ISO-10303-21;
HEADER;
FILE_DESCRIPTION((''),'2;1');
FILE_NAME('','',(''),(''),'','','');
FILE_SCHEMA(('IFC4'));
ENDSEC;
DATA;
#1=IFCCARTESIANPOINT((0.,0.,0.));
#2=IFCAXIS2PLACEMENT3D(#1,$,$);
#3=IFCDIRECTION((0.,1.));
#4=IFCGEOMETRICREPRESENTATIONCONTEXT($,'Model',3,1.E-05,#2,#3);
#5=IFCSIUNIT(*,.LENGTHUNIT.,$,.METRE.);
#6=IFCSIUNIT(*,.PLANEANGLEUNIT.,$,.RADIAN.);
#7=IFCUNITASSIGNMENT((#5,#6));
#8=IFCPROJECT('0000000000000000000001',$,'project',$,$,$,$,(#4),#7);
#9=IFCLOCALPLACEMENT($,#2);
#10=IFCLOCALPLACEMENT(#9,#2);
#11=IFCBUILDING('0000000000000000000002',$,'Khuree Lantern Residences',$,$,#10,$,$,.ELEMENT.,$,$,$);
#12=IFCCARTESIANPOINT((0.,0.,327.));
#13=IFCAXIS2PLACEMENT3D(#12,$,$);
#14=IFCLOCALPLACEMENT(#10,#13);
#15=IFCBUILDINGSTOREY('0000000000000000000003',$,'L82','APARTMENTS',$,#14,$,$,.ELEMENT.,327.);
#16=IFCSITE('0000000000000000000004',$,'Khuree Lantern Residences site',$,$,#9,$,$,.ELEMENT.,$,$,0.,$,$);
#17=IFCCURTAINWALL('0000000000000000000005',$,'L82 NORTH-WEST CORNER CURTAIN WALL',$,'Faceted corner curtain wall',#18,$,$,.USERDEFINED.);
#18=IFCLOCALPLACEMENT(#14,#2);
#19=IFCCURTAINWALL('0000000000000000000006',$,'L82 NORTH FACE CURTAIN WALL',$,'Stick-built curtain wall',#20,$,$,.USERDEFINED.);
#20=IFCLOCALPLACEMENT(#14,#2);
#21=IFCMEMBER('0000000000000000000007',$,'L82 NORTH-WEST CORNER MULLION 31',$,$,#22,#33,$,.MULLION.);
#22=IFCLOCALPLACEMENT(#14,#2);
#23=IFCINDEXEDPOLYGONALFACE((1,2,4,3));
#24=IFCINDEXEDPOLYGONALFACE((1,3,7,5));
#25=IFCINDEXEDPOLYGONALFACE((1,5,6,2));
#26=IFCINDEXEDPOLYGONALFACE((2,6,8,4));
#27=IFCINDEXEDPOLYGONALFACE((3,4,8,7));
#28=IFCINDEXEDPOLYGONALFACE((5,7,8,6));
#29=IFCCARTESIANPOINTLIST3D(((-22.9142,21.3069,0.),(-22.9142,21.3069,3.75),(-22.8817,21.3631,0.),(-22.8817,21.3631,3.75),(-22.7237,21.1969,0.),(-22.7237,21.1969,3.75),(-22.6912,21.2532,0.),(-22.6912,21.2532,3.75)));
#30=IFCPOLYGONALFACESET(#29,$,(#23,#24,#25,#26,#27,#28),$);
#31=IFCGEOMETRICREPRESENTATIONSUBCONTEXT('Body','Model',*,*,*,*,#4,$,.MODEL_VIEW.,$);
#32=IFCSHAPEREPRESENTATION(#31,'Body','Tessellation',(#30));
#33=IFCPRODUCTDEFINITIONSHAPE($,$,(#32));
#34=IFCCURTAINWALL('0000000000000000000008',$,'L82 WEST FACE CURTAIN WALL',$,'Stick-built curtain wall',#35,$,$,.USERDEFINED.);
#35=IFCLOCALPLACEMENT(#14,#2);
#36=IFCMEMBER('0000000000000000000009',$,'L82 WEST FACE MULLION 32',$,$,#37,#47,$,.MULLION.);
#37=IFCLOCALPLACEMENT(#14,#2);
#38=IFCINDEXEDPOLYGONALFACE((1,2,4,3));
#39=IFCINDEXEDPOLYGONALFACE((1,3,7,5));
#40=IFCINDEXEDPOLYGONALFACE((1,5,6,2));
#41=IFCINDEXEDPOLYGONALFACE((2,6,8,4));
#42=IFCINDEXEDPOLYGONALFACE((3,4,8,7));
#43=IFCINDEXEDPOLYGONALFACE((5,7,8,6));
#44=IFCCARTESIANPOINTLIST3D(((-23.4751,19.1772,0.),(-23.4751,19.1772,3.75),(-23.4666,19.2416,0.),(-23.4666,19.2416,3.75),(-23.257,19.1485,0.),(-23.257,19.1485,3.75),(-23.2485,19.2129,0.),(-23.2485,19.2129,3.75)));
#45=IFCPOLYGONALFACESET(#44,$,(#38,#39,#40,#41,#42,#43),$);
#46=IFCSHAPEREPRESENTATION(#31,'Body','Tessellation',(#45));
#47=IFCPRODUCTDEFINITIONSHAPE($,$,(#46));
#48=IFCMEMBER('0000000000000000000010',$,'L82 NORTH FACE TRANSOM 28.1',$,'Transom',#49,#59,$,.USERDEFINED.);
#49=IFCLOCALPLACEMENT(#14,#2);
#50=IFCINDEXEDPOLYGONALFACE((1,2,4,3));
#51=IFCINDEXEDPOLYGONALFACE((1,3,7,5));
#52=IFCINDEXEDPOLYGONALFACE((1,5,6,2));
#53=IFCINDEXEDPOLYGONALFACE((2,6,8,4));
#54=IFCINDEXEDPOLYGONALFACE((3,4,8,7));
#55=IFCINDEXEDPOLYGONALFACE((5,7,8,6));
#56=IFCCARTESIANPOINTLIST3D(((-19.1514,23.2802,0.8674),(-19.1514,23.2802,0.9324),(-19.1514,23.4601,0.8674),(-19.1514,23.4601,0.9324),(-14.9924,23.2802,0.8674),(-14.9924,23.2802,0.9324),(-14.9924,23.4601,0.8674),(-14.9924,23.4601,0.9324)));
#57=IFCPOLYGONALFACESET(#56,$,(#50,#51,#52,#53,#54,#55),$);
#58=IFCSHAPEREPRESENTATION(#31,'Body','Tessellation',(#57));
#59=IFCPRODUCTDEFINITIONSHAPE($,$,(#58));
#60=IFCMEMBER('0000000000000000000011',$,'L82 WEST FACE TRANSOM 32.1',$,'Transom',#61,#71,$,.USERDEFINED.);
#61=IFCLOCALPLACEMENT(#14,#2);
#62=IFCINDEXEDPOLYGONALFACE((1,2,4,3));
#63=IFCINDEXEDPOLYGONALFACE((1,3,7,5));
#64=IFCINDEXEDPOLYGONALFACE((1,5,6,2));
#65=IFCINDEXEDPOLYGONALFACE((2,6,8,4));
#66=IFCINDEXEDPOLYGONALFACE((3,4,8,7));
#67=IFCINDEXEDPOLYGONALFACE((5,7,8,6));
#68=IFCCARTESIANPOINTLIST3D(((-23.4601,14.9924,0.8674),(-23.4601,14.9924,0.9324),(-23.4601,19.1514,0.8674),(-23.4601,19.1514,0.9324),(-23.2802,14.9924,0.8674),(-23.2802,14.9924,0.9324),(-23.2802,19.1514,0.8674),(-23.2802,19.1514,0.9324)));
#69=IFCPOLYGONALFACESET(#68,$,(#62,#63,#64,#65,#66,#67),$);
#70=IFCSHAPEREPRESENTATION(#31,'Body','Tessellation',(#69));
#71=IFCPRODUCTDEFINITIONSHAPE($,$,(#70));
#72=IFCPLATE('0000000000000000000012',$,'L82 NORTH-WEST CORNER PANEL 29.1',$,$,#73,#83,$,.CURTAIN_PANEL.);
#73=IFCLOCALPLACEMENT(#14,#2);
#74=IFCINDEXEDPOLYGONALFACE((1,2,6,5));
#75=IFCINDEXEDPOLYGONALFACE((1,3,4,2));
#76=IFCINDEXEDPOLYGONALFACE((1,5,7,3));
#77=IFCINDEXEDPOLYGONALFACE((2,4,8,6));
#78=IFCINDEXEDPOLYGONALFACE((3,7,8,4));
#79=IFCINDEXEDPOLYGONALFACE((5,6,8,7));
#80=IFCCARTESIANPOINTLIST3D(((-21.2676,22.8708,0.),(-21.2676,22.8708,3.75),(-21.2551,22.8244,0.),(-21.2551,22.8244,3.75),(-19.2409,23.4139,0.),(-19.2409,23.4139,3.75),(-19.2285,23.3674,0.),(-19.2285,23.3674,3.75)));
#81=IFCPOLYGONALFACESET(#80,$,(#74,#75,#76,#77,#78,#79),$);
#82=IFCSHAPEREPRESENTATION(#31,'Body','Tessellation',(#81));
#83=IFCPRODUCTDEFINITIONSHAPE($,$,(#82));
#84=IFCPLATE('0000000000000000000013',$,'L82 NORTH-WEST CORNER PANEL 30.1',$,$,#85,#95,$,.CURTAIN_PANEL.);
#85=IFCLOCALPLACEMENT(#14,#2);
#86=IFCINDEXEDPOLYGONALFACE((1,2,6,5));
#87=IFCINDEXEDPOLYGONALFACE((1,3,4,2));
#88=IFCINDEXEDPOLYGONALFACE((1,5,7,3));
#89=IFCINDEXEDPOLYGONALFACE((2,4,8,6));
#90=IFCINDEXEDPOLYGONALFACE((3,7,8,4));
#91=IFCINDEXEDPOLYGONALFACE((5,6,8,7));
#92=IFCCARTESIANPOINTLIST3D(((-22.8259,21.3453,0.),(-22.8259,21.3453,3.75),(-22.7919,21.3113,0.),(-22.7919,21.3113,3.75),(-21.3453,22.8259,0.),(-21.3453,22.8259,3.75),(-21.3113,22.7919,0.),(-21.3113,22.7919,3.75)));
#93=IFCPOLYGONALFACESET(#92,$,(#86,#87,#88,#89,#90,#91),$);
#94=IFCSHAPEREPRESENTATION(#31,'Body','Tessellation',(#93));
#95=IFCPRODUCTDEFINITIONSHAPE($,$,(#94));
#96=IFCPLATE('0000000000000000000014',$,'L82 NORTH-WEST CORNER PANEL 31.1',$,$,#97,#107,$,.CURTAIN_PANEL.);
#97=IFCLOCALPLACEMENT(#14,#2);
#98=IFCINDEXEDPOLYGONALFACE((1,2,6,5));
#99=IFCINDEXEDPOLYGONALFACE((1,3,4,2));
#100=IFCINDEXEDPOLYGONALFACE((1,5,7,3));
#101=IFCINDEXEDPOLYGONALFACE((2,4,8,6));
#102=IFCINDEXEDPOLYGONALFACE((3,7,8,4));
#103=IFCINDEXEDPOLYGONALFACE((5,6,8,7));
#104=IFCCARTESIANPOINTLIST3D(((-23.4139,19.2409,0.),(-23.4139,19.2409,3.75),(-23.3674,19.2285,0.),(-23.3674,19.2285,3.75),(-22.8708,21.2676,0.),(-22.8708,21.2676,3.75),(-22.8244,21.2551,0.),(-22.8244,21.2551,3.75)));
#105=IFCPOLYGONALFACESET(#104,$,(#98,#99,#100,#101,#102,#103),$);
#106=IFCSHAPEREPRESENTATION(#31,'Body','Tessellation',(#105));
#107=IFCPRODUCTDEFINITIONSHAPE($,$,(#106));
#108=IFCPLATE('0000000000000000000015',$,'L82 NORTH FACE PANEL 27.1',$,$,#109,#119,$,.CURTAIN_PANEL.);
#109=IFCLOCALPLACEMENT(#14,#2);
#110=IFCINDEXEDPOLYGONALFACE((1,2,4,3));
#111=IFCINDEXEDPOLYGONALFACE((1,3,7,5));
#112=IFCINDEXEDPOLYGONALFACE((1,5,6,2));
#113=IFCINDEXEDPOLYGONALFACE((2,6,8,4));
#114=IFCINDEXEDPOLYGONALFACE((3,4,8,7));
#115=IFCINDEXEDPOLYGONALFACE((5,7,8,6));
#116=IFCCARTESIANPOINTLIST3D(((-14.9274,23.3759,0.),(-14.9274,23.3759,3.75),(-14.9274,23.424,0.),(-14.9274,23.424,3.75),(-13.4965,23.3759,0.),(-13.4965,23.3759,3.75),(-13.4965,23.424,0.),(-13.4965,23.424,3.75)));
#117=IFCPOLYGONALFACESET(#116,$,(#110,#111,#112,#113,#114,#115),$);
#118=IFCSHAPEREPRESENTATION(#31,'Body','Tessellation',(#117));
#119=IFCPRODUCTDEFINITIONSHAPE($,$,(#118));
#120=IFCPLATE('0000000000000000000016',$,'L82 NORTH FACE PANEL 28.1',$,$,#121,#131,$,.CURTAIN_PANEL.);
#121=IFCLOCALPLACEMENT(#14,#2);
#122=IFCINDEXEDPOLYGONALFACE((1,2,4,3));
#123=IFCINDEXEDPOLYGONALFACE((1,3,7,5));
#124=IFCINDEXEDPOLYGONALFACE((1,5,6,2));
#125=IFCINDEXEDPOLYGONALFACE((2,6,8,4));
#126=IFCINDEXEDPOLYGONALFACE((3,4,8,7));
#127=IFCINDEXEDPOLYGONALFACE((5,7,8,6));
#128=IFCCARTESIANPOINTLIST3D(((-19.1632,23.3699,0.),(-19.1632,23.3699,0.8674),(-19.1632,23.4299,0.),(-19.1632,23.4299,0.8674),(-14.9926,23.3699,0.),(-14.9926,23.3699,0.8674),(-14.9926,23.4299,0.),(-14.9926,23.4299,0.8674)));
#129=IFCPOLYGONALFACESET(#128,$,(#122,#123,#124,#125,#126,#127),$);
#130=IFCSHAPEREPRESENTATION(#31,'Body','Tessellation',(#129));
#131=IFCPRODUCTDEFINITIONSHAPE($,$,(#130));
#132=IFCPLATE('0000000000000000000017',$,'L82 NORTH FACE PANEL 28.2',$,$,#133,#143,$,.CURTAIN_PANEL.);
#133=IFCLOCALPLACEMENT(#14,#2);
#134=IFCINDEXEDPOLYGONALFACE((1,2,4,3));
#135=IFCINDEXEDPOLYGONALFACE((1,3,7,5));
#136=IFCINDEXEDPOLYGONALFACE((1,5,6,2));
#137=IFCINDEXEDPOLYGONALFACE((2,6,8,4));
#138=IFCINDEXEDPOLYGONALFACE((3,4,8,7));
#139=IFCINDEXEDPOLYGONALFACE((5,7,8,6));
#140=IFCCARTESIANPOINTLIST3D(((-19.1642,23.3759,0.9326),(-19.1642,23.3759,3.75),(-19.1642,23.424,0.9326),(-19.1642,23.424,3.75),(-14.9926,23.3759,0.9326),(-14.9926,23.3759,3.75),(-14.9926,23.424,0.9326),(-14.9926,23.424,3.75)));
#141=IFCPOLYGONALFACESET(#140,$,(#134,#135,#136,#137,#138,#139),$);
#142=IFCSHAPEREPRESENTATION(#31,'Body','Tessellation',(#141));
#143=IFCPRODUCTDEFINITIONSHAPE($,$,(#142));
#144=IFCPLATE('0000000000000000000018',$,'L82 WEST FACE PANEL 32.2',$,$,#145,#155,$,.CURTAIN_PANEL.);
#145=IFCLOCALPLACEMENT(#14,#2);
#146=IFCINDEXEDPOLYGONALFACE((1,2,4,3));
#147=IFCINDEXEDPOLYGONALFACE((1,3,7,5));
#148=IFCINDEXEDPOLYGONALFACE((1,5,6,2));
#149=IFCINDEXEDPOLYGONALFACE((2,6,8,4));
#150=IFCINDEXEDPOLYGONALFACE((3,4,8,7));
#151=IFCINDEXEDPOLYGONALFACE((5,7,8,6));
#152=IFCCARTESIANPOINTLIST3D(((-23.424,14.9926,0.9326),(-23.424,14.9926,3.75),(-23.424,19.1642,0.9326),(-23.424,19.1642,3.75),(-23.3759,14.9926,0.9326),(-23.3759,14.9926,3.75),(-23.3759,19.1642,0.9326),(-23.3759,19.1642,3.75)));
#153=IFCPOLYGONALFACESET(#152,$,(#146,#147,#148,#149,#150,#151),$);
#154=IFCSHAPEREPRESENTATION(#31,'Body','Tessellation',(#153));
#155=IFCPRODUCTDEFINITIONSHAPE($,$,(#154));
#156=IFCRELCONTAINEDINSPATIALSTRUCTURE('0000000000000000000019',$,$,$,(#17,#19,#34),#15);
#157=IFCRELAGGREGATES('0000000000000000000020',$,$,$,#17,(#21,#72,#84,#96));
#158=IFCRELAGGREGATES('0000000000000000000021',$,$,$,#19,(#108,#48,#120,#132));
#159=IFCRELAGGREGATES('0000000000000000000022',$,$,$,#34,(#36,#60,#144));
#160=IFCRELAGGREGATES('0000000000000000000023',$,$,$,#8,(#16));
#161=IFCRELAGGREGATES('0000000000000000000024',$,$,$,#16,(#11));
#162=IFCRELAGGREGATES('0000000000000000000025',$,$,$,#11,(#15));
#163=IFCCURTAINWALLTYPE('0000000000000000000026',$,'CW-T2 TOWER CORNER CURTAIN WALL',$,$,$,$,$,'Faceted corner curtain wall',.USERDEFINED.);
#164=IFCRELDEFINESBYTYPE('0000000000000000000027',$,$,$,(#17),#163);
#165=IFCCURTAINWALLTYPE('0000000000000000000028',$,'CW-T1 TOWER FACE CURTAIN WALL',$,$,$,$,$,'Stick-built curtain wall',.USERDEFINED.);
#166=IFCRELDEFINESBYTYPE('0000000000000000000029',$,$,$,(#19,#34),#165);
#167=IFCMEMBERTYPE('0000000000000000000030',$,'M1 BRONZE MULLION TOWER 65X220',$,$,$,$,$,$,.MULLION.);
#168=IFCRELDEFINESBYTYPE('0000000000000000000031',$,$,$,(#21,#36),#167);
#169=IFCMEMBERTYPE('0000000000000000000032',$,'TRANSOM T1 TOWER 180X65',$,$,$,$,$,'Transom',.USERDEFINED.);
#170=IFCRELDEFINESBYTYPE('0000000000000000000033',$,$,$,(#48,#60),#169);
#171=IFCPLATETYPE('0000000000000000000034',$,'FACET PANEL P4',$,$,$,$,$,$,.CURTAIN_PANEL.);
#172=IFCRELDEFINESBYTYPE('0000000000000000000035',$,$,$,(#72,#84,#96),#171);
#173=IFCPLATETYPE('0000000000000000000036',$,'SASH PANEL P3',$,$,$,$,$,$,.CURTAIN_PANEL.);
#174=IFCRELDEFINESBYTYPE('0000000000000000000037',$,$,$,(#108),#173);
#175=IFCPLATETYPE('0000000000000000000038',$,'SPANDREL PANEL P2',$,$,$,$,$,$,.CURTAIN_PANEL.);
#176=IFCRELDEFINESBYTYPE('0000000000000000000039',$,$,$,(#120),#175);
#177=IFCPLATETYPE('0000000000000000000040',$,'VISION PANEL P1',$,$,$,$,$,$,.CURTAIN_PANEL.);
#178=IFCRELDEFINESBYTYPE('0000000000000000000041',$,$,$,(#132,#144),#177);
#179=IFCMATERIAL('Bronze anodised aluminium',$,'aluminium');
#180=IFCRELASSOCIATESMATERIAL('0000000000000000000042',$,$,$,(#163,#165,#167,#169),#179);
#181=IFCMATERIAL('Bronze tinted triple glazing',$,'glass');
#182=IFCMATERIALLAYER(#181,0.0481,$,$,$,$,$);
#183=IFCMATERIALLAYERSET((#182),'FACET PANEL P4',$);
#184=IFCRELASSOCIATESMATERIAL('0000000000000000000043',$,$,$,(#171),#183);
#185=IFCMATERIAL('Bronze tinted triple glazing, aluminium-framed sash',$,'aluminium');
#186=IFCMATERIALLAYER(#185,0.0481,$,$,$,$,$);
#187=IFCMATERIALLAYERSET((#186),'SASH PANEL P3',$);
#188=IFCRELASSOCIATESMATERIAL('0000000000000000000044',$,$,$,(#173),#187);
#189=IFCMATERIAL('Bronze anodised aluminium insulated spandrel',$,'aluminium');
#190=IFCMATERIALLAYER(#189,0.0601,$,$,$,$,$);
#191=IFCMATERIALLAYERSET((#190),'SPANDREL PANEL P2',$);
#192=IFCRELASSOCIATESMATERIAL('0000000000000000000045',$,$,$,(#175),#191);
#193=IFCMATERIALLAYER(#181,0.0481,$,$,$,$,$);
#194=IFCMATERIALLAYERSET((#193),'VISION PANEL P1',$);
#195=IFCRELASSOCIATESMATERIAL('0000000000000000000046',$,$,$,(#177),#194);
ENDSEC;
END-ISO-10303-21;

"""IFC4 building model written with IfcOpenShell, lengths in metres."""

from ifc_helpers import new_model, si_unit, direction, frame, origin, origin_2d, place, context, subcontext, project, spatial, rectangle, extrude, material, layer, layer_set, material_profile, profile_set, type_object, element, aggregate, save


model = new_model("IFC4")

# Units and contexts
model_context = context("Model", 3, precision=1e-05, world=origin(), true_north=direction((0.0, 1.0)))
body_context = subcontext(model_context, "Body", "Model", "MODEL_VIEW")
ifc_project = project(units=[si_unit("LENGTHUNIT", "METRE"), si_unit("PLANEANGLEUNIT", "RADIAN")], contexts=[model_context])

# Site, building, storey
site_placement = place(None, origin())
site = spatial("IfcSite", under=ifc_project, at=site_placement, Name="Khuree Lantern Residences site", CompositionType="ELEMENT", RefElevation=0.0)
building_placement = place(site_placement, origin())
building = spatial("IfcBuilding", under=site, at=building_placement, Name="Khuree Lantern Residences", CompositionType="ELEMENT")
storey_placement = place(building_placement, frame((0.0, 0.0, 327.0)))
storey = spatial("IfcBuildingStorey", under=building, at=storey_placement, Name="L82", Description="APARTMENTS", CompositionType="ELEMENT", Elevation=327.0)

# Curtain wall
ifc_material_1 = material(Name="Bronze anodised aluminium", Category="aluminium")
curtain_wall_type_1 = type_object("IfcCurtainWallType", Name="CW-T2 TOWER CORNER CURTAIN WALL", ElementType="Faceted corner curtain wall", PredefinedType="USERDEFINED", material=ifc_material_1)
curtain_wall_1_placement = place(storey_placement, origin())
curtain_wall_1 = element("IfcCurtainWall", 1, at=curtain_wall_1_placement, inside=storey, type_object=curtain_wall_type_1, Name="L82 NORTH-WEST CORNER CURTAIN WALL", ObjectType="Faceted corner curtain wall", PredefinedType="USERDEFINED")

# Curtain wall
curtain_wall_type_2 = type_object("IfcCurtainWallType", Name="CW-T1 TOWER FACE CURTAIN WALL", ElementType="Stick-built curtain wall", PredefinedType="USERDEFINED", material=ifc_material_1)
curtain_wall_2_placement = place(storey_placement, origin())
curtain_wall_2 = element("IfcCurtainWall", 2, at=curtain_wall_2_placement, inside=storey, type_object=curtain_wall_type_2, Name="L82 NORTH FACE CURTAIN WALL", ObjectType="Stick-built curtain wall", PredefinedType="USERDEFINED")
ifc_material_profile_1 = material_profile(ifc_material_1, rectangle(XDim=0.0649, YDim=0.22, at=origin_2d()), Name="M1 65X220")
ifc_profile_set_1 = profile_set([ifc_material_profile_1], Name="Bronze anodised aluminium")
member_type_1 = type_object("IfcMemberType", Name="M1 BRONZE MULLION TOWER 65X220", PredefinedType="MULLION", material=ifc_profile_set_1)

# Member
member_1_placement = place(storey_placement, frame((-22.8027, 21.28, 0.0), z_axis=(0.0, 0.0, 1.0), x_axis=(-0.5, -0.866025, 0.0)))
member_1 = element("IfcMember", 3, at=member_1_placement, type_object=member_type_1, Name="L82 NORTH-WEST CORNER MULLION 31", PredefinedType="MULLION", context=body_context, shape_type="SweptSolid", body=[
    extrude(rectangle(XDim=0.0649, YDim=0.22, at=origin_2d()), origin(), (0.0, 0.0, 1.0), 3.75),
])

# Curtain wall, member
curtain_wall_3_placement = place(storey_placement, origin())
curtain_wall_3 = element("IfcCurtainWall", 4, at=curtain_wall_3_placement, inside=storey, type_object=curtain_wall_type_2, Name="L82 WEST FACE CURTAIN WALL", ObjectType="Stick-built curtain wall", PredefinedType="USERDEFINED")
member_2_placement = place(storey_placement, frame((-23.3618, 19.1951, 0.0), z_axis=(0.0, 0.0, 1.0), x_axis=(-0.130526, -0.991445, 0.0)))
member_2 = element("IfcMember", 5, at=member_2_placement, type_object=member_type_1, Name="L82 WEST FACE MULLION 32", PredefinedType="MULLION", context=body_context, shape_type="SweptSolid", body=[
    extrude(rectangle(XDim=0.0649, YDim=0.22, at=origin_2d()), origin(), (0.0, 0.0, 1.0), 3.75),
])

# Members
ifc_material_profile_2 = material_profile(ifc_material_1, rectangle(XDim=0.1799, YDim=0.0649, at=origin_2d()), Name="T1 180X65")
ifc_profile_set_2 = profile_set([ifc_material_profile_2], Name="Bronze anodised aluminium")
member_type_2 = type_object("IfcMemberType", Name="TRANSOM T1 TOWER 180X65", ElementType="Transom", PredefinedType="USERDEFINED", material=ifc_profile_set_2)
member_3_placement = place(storey_placement, frame((-14.9924, 23.3701, 0.8999), z_axis=(-1.0, 0.0, 0.0), x_axis=(0.0, -1.0, 0.0)))
member_3 = element("IfcMember", 6, at=member_3_placement, type_object=member_type_2, Name="L82 NORTH FACE TRANSOM 28.1", ObjectType="Transom", PredefinedType="USERDEFINED", context=body_context, shape_type="SweptSolid", body=[
    extrude(rectangle(XDim=0.1799, YDim=0.0649, at=origin_2d()), origin(), (0.0, 0.0, 1.0), 4.1589),
])
member_4_placement = place(storey_placement, frame((-23.3701, 19.1514, 0.8999), z_axis=(0.0, -1.0, 0.0), x_axis=(1.0, 0.0, 0.0)))
member_4 = element("IfcMember", 7, at=member_4_placement, type_object=member_type_2, Name="L82 WEST FACE TRANSOM 32.1", ObjectType="Transom", PredefinedType="USERDEFINED", context=body_context, shape_type="SweptSolid", body=[
    extrude(rectangle(XDim=0.1799, YDim=0.0649, at=origin_2d()), origin(), (0.0, 0.0, 1.0), 4.1589),
])

# Plates
ifc_material_2 = material(Name="Bronze tinted triple glazing", Category="glass")
ifc_layer_1 = layer(ifc_material_2, 0.0481)
ifc_layer_set_1 = layer_set([ifc_layer_1], Name="FACET PANEL P4")
plate_type_1 = type_object("IfcPlateType", Name="FACET PANEL P4", PredefinedType="CURTAIN_PANEL", material=ifc_layer_set_1)
plate_1_placement = place(storey_placement, frame((-20.248, 23.1191, 0.0), z_axis=(0.0, 0.0, 1.0), x_axis=(-0.965926, -0.258819, 0.0)))
plate_1 = element("IfcPlate", 8, at=plate_1_placement, type_object=plate_type_1, Name="L82 NORTH-WEST CORNER PANEL 29.1", PredefinedType="CURTAIN_PANEL", context=body_context, shape_type="SweptSolid", body=[
    extrude(rectangle(XDim=2.0981, YDim=0.0481, at=origin_2d()), origin(), (0.0, 0.0, 1.0), 3.75),
])
plate_2_placement = place(storey_placement, frame((-22.0686, 22.0686, 0.0), z_axis=(0.0, 0.0, 1.0), x_axis=(-0.707107, -0.707107, 0.0)))
plate_2 = element("IfcPlate", 9, at=plate_2_placement, type_object=plate_type_1, Name="L82 NORTH-WEST CORNER PANEL 30.1", PredefinedType="CURTAIN_PANEL", context=body_context, shape_type="SweptSolid", body=[
    extrude(rectangle(XDim=2.094, YDim=0.0481, at=origin_2d()), origin(), (0.0, 0.0, 1.0), 3.75),
])
plate_3_placement = place(storey_placement, frame((-23.1191, 20.248, 0.0), z_axis=(0.0, 0.0, 1.0), x_axis=(-0.258819, -0.965926, 0.0)))
plate_3 = element("IfcPlate", 10, at=plate_3_placement, type_object=plate_type_1, Name="L82 NORTH-WEST CORNER PANEL 31.1", PredefinedType="CURTAIN_PANEL", context=body_context, shape_type="SweptSolid", body=[
    extrude(rectangle(XDim=2.0981, YDim=0.0481, at=origin_2d()), origin(), (0.0, 0.0, 1.0), 3.75),
])
aggregate(curtain_wall_1, [member_1, plate_1, plate_2, plate_3])
ifc_material_3 = material(Name="Bronze tinted triple glazing, aluminium-framed sash", Category="aluminium")
ifc_layer_2 = layer(ifc_material_3, 0.0481)
ifc_layer_set_2 = layer_set([ifc_layer_2], Name="SASH PANEL P3")
plate_type_2 = type_object("IfcPlateType", Name="SASH PANEL P3", PredefinedType="CURTAIN_PANEL", material=ifc_layer_set_2)
plate_4_placement = place(storey_placement, frame((-14.2119, 23.3999, 0.0), z_axis=(0.0, 0.0, 1.0), x_axis=(-1.0, 0.0, 0.0)))
plate_4 = element("IfcPlate", 11, at=plate_4_placement, type_object=plate_type_2, Name="L82 NORTH FACE PANEL 27.1", PredefinedType="CURTAIN_PANEL", context=body_context, shape_type="SweptSolid", body=[
    extrude(rectangle(XDim=1.4309, YDim=0.0481, at=origin_2d()), origin(), (0.0, 0.0, 1.0), 3.75),
])
ifc_material_4 = material(Name="Bronze anodised aluminium insulated spandrel", Category="aluminium")
ifc_layer_3 = layer(ifc_material_4, 0.0601)
ifc_layer_set_3 = layer_set([ifc_layer_3], Name="SPANDREL PANEL P2")
plate_type_3 = type_object("IfcPlateType", Name="SPANDREL PANEL P2", PredefinedType="CURTAIN_PANEL", material=ifc_layer_set_3)
plate_5_placement = place(storey_placement, frame((-17.0779, 23.3999, 0.0), z_axis=(0.0, 0.0, 1.0), x_axis=(-1.0, 0.0, 0.0)))
plate_5 = element("IfcPlate", 12, at=plate_5_placement, type_object=plate_type_3, Name="L82 NORTH FACE PANEL 28.1", PredefinedType="CURTAIN_PANEL", context=body_context, shape_type="SweptSolid", body=[
    extrude(rectangle(XDim=4.1707, YDim=0.0601, at=origin_2d()), origin(), (0.0, 0.0, 1.0), 0.8674),
])
ifc_layer_4 = layer(ifc_material_2, 0.0481)
ifc_layer_set_4 = layer_set([ifc_layer_4], Name="VISION PANEL P1")
plate_type_4 = type_object("IfcPlateType", Name="VISION PANEL P1", PredefinedType="CURTAIN_PANEL", material=ifc_layer_set_4)
plate_6_placement = place(storey_placement, frame((-17.0784, 23.3999, 0.9326), z_axis=(0.0, 0.0, 1.0), x_axis=(-1.0, 0.0, 0.0)))
plate_6 = element("IfcPlate", 13, at=plate_6_placement, type_object=plate_type_4, Name="L82 NORTH FACE PANEL 28.2", PredefinedType="CURTAIN_PANEL", context=body_context, shape_type="SweptSolid", body=[
    extrude(rectangle(XDim=4.1716, YDim=0.0481, at=origin_2d()), origin(), (0.0, 0.0, 1.0), 2.8174),
])
aggregate(curtain_wall_2, [plate_4, member_3, plate_5, plate_6])
plate_7_placement = place(storey_placement, frame((-23.3999, 17.0784, 0.9326), z_axis=(0.0, 0.0, 1.0), x_axis=(0.0, -1.0, 0.0)))
plate_7 = element("IfcPlate", 14, at=plate_7_placement, type_object=plate_type_4, Name="L82 WEST FACE PANEL 32.2", PredefinedType="CURTAIN_PANEL", context=body_context, shape_type="SweptSolid", body=[
    extrude(rectangle(XDim=4.1716, YDim=0.0481, at=origin_2d()), origin(), (0.0, 0.0, 1.0), 2.8174),
])
aggregate(curtain_wall_3, [member_2, member_4, plate_7])

save(model, "model.ifc")
